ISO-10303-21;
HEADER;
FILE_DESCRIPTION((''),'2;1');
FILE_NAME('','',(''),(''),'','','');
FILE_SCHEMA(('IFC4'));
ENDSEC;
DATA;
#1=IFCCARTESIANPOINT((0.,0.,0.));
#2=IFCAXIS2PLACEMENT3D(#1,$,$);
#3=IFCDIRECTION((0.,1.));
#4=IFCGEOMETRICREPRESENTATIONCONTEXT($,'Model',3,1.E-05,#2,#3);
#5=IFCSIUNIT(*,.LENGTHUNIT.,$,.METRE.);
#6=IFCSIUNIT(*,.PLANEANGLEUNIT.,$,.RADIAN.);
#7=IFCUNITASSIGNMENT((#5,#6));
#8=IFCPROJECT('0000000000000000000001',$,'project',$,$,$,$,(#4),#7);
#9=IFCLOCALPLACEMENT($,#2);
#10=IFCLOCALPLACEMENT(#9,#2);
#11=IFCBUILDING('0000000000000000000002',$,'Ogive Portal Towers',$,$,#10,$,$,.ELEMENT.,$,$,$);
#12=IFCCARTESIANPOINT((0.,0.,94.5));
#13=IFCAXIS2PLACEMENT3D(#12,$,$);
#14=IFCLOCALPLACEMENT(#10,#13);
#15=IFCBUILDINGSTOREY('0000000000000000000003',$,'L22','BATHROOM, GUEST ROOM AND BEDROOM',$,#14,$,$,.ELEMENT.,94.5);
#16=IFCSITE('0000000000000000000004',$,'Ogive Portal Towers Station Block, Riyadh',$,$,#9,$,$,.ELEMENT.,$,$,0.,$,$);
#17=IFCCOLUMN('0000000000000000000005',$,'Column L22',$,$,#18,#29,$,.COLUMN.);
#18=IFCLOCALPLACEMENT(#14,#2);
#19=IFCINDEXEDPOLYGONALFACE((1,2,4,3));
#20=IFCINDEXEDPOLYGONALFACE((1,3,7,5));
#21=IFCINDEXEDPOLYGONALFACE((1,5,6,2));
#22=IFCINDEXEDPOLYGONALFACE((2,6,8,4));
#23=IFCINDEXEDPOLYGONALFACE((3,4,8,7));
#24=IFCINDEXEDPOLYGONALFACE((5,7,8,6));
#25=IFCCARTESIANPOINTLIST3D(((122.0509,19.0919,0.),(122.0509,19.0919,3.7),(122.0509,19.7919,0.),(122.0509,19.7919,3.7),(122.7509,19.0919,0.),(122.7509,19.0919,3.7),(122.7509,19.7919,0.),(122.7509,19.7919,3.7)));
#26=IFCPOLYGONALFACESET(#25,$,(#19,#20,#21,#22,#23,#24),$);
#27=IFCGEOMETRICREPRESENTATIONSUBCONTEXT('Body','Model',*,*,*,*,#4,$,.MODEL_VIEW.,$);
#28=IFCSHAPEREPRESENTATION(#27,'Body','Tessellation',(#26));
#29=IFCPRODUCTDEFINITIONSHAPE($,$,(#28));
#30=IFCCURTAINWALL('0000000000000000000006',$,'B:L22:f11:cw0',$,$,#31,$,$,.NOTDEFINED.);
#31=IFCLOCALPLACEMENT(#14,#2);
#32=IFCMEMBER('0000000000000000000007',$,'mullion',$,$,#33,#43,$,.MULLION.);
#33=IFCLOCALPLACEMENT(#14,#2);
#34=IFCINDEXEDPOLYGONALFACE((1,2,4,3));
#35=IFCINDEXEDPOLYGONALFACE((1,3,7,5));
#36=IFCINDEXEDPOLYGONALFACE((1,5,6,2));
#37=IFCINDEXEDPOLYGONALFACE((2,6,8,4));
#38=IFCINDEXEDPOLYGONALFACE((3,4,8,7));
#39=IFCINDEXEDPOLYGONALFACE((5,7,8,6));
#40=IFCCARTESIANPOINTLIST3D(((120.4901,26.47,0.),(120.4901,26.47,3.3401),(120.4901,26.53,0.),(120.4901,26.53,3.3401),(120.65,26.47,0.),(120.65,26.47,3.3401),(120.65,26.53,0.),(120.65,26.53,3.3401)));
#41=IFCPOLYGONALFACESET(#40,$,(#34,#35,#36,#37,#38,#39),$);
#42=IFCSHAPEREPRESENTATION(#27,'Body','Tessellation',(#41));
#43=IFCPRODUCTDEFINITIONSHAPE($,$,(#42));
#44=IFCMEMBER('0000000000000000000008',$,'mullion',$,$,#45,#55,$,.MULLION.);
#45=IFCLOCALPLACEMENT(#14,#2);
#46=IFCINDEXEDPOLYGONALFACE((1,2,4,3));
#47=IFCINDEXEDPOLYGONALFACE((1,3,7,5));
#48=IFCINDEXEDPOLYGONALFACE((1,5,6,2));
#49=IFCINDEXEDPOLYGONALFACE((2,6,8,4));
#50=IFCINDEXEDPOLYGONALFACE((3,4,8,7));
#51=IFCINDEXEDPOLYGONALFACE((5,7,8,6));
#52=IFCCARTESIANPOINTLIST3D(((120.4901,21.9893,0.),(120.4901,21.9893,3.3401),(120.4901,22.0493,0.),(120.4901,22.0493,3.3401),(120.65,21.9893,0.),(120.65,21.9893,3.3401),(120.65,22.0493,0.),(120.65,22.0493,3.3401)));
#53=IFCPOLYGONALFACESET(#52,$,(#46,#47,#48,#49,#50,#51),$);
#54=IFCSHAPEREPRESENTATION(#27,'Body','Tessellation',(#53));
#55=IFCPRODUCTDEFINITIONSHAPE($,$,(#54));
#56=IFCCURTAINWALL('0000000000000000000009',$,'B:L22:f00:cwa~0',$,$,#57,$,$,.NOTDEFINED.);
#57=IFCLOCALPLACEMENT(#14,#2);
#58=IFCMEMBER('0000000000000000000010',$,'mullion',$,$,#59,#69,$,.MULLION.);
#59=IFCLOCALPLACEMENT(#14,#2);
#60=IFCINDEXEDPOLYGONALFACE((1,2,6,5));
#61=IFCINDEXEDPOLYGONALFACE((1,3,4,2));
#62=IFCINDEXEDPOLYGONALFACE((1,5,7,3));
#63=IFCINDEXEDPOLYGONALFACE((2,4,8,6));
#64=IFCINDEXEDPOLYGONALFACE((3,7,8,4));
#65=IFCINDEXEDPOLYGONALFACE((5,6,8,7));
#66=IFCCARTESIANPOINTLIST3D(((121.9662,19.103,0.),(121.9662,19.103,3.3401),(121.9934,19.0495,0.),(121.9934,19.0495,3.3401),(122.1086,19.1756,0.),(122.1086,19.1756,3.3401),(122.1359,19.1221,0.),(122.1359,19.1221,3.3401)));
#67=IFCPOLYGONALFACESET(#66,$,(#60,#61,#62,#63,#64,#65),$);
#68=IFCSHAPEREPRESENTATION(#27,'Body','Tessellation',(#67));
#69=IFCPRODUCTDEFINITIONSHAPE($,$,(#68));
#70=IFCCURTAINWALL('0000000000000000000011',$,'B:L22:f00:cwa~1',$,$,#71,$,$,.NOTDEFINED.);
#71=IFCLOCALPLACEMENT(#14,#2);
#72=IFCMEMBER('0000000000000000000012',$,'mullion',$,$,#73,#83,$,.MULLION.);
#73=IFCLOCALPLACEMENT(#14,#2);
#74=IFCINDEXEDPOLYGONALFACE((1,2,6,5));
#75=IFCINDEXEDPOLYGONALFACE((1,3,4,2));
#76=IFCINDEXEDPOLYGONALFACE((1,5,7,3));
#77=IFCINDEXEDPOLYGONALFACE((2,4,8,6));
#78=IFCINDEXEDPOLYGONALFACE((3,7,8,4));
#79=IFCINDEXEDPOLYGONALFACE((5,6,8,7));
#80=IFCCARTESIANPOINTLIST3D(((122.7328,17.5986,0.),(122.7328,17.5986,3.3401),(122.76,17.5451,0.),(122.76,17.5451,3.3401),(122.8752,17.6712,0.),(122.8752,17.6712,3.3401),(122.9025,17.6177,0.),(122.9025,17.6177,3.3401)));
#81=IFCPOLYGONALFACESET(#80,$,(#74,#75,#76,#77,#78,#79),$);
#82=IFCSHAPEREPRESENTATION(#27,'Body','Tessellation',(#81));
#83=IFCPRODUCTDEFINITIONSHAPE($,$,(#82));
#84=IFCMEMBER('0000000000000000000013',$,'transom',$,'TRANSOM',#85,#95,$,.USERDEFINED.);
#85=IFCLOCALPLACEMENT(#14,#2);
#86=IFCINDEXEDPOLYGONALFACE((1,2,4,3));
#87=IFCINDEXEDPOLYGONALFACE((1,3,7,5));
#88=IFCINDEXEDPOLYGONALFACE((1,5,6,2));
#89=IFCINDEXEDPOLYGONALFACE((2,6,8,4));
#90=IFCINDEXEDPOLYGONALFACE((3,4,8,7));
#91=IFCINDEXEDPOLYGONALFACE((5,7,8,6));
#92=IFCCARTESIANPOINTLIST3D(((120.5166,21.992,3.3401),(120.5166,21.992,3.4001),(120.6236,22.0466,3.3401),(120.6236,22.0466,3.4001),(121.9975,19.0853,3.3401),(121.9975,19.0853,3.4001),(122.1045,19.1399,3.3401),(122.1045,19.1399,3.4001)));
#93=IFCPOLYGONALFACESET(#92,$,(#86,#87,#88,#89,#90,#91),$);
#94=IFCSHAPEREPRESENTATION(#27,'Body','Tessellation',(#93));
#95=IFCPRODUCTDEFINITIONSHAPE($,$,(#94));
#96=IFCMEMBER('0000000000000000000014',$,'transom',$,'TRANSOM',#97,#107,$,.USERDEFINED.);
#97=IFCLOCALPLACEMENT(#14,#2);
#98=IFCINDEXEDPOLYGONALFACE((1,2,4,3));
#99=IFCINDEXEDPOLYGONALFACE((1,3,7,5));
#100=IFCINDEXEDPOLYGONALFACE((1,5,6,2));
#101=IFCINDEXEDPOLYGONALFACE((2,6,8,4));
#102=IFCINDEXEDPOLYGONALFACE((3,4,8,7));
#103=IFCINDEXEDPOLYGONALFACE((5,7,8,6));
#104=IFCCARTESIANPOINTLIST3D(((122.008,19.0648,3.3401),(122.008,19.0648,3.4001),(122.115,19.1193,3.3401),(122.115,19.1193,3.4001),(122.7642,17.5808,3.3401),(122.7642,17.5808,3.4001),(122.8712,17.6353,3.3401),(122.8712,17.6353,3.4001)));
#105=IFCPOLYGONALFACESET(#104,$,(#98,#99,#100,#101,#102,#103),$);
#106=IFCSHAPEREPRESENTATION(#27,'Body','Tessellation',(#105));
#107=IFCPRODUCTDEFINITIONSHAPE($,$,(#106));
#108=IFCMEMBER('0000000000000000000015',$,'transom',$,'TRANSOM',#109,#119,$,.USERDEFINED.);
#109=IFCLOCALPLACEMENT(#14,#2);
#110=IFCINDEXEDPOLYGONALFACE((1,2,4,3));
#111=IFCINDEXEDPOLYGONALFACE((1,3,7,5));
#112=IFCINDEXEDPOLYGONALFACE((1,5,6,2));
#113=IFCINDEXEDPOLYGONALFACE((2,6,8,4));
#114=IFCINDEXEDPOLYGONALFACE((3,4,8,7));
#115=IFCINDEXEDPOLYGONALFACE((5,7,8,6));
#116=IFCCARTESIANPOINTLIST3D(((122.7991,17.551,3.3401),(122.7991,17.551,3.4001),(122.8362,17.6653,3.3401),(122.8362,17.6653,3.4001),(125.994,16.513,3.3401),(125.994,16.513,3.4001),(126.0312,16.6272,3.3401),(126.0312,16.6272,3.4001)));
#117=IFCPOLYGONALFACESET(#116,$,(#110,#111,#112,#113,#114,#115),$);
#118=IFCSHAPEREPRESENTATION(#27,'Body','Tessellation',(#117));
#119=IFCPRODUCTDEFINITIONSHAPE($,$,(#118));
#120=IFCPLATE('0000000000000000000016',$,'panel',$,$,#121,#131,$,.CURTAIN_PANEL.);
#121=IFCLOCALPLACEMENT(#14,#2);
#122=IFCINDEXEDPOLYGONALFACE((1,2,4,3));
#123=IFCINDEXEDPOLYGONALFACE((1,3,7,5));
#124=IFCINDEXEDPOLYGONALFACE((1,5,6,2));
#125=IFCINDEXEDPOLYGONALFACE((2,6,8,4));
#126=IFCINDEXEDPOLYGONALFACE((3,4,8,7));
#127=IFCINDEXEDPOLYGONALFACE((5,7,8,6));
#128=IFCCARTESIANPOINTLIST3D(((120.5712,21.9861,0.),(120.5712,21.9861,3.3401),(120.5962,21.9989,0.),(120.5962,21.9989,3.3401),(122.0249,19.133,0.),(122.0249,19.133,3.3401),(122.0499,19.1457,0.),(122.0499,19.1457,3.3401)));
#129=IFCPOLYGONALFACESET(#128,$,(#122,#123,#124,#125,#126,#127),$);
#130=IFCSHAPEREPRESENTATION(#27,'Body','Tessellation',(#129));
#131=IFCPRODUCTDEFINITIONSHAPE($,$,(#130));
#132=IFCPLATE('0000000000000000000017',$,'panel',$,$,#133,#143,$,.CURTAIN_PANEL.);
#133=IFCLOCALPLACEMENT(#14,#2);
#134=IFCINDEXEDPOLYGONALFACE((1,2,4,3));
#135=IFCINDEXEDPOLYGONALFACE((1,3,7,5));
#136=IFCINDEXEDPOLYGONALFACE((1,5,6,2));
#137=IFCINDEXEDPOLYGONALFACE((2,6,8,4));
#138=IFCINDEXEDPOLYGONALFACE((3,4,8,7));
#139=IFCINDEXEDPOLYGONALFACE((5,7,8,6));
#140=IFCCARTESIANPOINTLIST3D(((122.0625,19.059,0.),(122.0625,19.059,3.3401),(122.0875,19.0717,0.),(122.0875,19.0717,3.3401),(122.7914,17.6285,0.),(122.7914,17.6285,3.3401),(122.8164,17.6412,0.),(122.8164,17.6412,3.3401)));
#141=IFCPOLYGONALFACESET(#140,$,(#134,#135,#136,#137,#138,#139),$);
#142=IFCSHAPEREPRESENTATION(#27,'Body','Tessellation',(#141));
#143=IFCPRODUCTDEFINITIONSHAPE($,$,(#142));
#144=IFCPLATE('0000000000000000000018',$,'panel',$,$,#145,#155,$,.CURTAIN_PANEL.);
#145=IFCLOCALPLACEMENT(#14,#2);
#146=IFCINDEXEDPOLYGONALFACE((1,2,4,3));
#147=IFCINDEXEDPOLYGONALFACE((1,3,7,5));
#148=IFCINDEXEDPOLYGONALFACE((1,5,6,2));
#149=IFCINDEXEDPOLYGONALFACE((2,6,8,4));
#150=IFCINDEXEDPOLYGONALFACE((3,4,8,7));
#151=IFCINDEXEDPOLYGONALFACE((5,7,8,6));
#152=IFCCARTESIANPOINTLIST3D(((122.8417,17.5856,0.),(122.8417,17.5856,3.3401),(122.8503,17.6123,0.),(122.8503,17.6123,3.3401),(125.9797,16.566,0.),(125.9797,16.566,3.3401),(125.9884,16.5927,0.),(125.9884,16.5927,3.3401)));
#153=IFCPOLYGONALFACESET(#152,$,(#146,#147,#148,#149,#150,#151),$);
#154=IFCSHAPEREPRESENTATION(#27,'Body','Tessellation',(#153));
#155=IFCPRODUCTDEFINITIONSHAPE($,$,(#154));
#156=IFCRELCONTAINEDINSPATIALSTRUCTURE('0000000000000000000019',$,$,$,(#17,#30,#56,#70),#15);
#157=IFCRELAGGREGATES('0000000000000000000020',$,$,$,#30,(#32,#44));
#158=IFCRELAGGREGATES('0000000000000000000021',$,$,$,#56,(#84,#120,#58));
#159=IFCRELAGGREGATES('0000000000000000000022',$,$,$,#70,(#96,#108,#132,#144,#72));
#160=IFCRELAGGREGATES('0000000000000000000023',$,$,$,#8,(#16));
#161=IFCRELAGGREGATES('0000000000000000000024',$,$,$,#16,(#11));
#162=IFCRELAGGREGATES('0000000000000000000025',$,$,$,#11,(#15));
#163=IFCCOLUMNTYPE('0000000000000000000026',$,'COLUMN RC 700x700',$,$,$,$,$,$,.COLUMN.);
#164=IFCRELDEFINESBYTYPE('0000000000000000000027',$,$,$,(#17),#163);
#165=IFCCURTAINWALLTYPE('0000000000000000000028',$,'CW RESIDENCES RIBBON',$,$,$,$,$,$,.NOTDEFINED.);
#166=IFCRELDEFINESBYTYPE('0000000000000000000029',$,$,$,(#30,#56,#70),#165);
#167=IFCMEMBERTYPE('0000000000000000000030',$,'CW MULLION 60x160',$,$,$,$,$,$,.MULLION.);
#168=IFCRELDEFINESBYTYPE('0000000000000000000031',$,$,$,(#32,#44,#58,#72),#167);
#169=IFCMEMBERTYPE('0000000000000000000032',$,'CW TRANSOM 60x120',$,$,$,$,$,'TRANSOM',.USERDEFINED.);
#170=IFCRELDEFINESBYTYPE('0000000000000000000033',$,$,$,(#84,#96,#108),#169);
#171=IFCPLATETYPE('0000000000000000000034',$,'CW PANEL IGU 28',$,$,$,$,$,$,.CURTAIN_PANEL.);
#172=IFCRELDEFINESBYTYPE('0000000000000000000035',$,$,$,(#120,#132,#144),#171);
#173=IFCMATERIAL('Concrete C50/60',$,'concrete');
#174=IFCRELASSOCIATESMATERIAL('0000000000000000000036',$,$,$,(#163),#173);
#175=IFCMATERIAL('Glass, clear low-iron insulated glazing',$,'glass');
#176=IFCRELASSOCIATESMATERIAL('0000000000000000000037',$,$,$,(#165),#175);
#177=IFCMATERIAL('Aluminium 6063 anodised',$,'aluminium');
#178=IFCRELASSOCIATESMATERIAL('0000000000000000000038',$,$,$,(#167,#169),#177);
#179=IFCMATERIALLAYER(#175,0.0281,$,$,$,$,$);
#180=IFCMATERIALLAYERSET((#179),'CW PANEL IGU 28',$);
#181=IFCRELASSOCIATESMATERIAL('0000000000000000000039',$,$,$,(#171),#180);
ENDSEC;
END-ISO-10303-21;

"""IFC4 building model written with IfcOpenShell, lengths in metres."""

from ifc_helpers import new_model, si_unit, direction, frame, origin, origin_2d, place, context, subcontext, project, spatial, rectangle, extrude, material, layer, layer_set, material_profile, profile_set, type_object, element, aggregate, save


model = new_model("IFC4")

# Units and contexts
model_context = context("Model", 3, precision=1e-05, world=origin(), true_north=direction((0.0, 1.0)))
body_context = subcontext(model_context, "Body", "Model", "MODEL_VIEW")
ifc_project = project(units=[si_unit("LENGTHUNIT", "METRE"), si_unit("PLANEANGLEUNIT", "RADIAN")], contexts=[model_context])

# Site, building, storey
site_placement = place(None, origin())
site = spatial("IfcSite", under=ifc_project, at=site_placement, Name="Ogive Portal Towers Station Block, Riyadh", CompositionType="ELEMENT", RefElevation=0.0)
building_placement = place(site_placement, origin())
building = spatial("IfcBuilding", under=site, at=building_placement, Name="Ogive Portal Towers", CompositionType="ELEMENT")
storey_placement = place(building_placement, frame((0.0, 0.0, 94.5)))
storey = spatial("IfcBuildingStorey", under=building, at=storey_placement, Name="L22", Description="BATHROOM, GUEST ROOM AND BEDROOM", CompositionType="ELEMENT", Elevation=94.5)

# Column
ifc_material_1 = material(Name="Concrete C50/60", Category="concrete")
ifc_material_profile_1 = material_profile(ifc_material_1, rectangle(XDim=0.7, YDim=0.7, at=origin_2d()), Name="RC 700x700")
ifc_profile_set_1 = profile_set([ifc_material_profile_1], Name="Concrete C50/60")
column_type = type_object("IfcColumnType", Name="COLUMN RC 700x700", PredefinedType="COLUMN", material=ifc_profile_set_1)
column_placement = place(storey_placement, frame((122.4009, 19.4419, 0.0), z_axis=(0.0, 0.0, 1.0), x_axis=(1.0, 0.0, 0.0)))
element("IfcColumn", 1, at=column_placement, inside=storey, type_object=column_type, Name="Column L22", PredefinedType="COLUMN", context=body_context, shape_type="SweptSolid", body=[
    extrude(rectangle(XDim=0.7, YDim=0.7, at=origin_2d()), origin(), (0.0, 0.0, 1.0), 3.7),
])

# Curtain wall, members
ifc_material_2 = material(Name="Glass, clear low-iron insulated glazing", Category="glass")
curtain_wall_type = type_object("IfcCurtainWallType", Name="CW RESIDENCES RIBBON", PredefinedType="NOTDEFINED", material=ifc_material_2)
curtain_wall_1_placement = place(storey_placement, origin())
curtain_wall_1 = element("IfcCurtainWall", 2, at=curtain_wall_1_placement, inside=storey, type_object=curtain_wall_type, Name="B:L22:f11:cw0", PredefinedType="NOTDEFINED")
ifc_material_3 = material(Name="Aluminium 6063 anodised", Category="aluminium")
ifc_material_profile_2 = material_profile(ifc_material_3, rectangle(XDim=0.1599, YDim=0.0601, at=origin_2d()), Name="AL 60x160")
ifc_profile_set_2 = profile_set([ifc_material_profile_2], Name="Aluminium 6063 anodised")
member_type_1 = type_object("IfcMemberType", Name="CW MULLION 60x160", PredefinedType="MULLION", material=ifc_profile_set_2)
member_1_placement = place(storey_placement, frame((120.5701, 26.5, 0.0), z_axis=(0.0, 0.0, 1.0), x_axis=(1.0, 0.0, 0.0)))
member_1 = element("IfcMember", 3, at=member_1_placement, type_object=member_type_1, Name="mullion", PredefinedType="MULLION", context=body_context, shape_type="SweptSolid", body=[
    extrude(rectangle(XDim=0.1599, YDim=0.0601, at=origin_2d()), origin(), (0.0, 0.0, 1.0), 3.3401),
])
member_2_placement = place(storey_placement, frame((120.5701, 22.0193, 0.0), z_axis=(0.0, 0.0, 1.0), x_axis=(1.0, 0.0, 0.0)))
member_2 = element("IfcMember", 4, at=member_2_placement, type_object=member_type_1, Name="mullion", PredefinedType="MULLION", context=body_context, shape_type="SweptSolid", body=[
    extrude(rectangle(XDim=0.1599, YDim=0.0601, at=origin_2d()), origin(), (0.0, 0.0, 1.0), 3.3401),
])
aggregate(curtain_wall_1, [member_1, member_2])

# Curtain walls, members
curtain_wall_2_placement = place(storey_placement, origin())
curtain_wall_2 = element("IfcCurtainWall", 5, at=curtain_wall_2_placement, inside=storey, type_object=curtain_wall_type, Name="B:L22:f00:cwa~0", PredefinedType="NOTDEFINED")
member_3_placement = place(storey_placement, frame((122.051, 19.1125, 0.0), z_axis=(0.0, 0.0, 1.0), x_axis=(0.891007, 0.45399, 0.0)))
member_3 = element("IfcMember", 6, at=member_3_placement, type_object=member_type_1, Name="mullion", PredefinedType="MULLION", context=body_context, shape_type="SweptSolid", body=[
    extrude(rectangle(XDim=0.1599, YDim=0.0601, at=origin_2d()), origin(), (0.0, 0.0, 1.0), 3.3401),
])
curtain_wall_3_placement = place(storey_placement, origin())
curtain_wall_3 = element("IfcCurtainWall", 7, at=curtain_wall_3_placement, inside=storey, type_object=curtain_wall_type, Name="B:L22:f00:cwa~1", PredefinedType="NOTDEFINED")
member_4_placement = place(storey_placement, frame((122.8176, 17.6082, 0.0), z_axis=(0.0, 0.0, 1.0), x_axis=(0.891007, 0.45399, 0.0)))
member_4 = element("IfcMember", 8, at=member_4_placement, type_object=member_type_1, Name="mullion", PredefinedType="MULLION", context=body_context, shape_type="SweptSolid", body=[
    extrude(rectangle(XDim=0.1599, YDim=0.0601, at=origin_2d()), origin(), (0.0, 0.0, 1.0), 3.3401),
])

# Members
ifc_material_profile_3 = material_profile(ifc_material_3, rectangle(XDim=0.1201, YDim=0.0601, at=origin_2d()), Name="AL 120x60")
ifc_profile_set_3 = profile_set([ifc_material_profile_3], Name="Aluminium 6063 anodised")
member_type_2 = type_object("IfcMemberType", Name="CW TRANSOM 60x120", ElementType="TRANSOM", PredefinedType="USERDEFINED", material=ifc_profile_set_3)
member_5_placement = place(storey_placement, frame((120.5701, 22.0193, 3.3701), z_axis=(0.453966, -0.891019, 0.0), x_axis=(0.891019, 0.453966, 0.0)))
member_5 = element("IfcMember", 9, at=member_5_placement, type_object=member_type_2, Name="transom", ObjectType="TRANSOM", PredefinedType="USERDEFINED", context=body_context, shape_type="SweptSolid", body=[
    extrude(rectangle(XDim=0.1201, YDim=0.0601, at=origin_2d()), origin(), (0.0, 0.0, 1.0), 3.2622),
])
member_6_placement = place(storey_placement, frame((122.0615, 19.092, 3.3701), z_axis=(0.454003, -0.891, 0.0), x_axis=(0.891, 0.454003, 0.0)))
member_6 = element("IfcMember", 10, at=member_6_placement, type_object=member_type_2, Name="transom", ObjectType="TRANSOM", PredefinedType="USERDEFINED", context=body_context, shape_type="SweptSolid", body=[
    extrude(rectangle(XDim=0.1201, YDim=0.0601, at=origin_2d()), origin(), (0.0, 0.0, 1.0), 1.6655),
])
member_7_placement = place(storey_placement, frame((122.8176, 17.6082, 3.3701), z_axis=(0.951061, -0.309002, 0.0), x_axis=(0.309002, 0.951061, 0.0)))
member_7 = element("IfcMember", 11, at=member_7_placement, type_object=member_type_2, Name="transom", ObjectType="TRANSOM", PredefinedType="USERDEFINED", context=body_context, shape_type="SweptSolid", body=[
    extrude(rectangle(XDim=0.1201, YDim=0.0601, at=origin_2d()), origin(), (0.0, 0.0, 1.0), 3.3594),
])

# Plates
ifc_layer_1 = layer(ifc_material_2, 0.0281)
ifc_layer_set_1 = layer_set([ifc_layer_1], Name="CW PANEL IGU 28")
plate_type = type_object("IfcPlateType", Name="CW PANEL IGU 28", PredefinedType="CURTAIN_PANEL", material=ifc_layer_set_1)
plate_1_placement = place(storey_placement, frame((121.3105, 20.5659, 0.0), z_axis=(0.0, 0.0, 1.0), x_axis=(0.45399, -0.891007, 0.0)))
plate_1 = element("IfcPlate", 12, at=plate_1_placement, type_object=plate_type, Name="panel", PredefinedType="CURTAIN_PANEL", context=body_context, shape_type="SweptSolid", body=[
    extrude(rectangle(XDim=3.2021, YDim=0.0281, at=origin_2d()), origin(), (0.0, 0.0, 1.0), 3.3401),
])
aggregate(curtain_wall_2, [member_5, plate_1, member_3])
plate_2_placement = place(storey_placement, frame((122.4395, 18.3501, 0.0), z_axis=(0.0, 0.0, 1.0), x_axis=(0.45399, -0.891007, 0.0)))
plate_2 = element("IfcPlate", 13, at=plate_2_placement, type_object=plate_type, Name="panel", PredefinedType="CURTAIN_PANEL", context=body_context, shape_type="SweptSolid", body=[
    extrude(rectangle(XDim=1.6055, YDim=0.0281, at=origin_2d()), origin(), (0.0, 0.0, 1.0), 3.3401),
])
plate_3_placement = place(storey_placement, frame((124.415, 17.0891, 0.0), z_axis=(0.0, 0.0, 1.0), x_axis=(0.951057, -0.309017, 0.0)))
plate_3 = element("IfcPlate", 14, at=plate_3_placement, type_object=plate_type, Name="panel", PredefinedType="CURTAIN_PANEL", context=body_context, shape_type="SweptSolid", body=[
    extrude(rectangle(XDim=3.2996, YDim=0.0281, at=origin_2d()), origin(), (0.0, 0.0, 1.0), 3.3401),
])
aggregate(curtain_wall_3, [member_6, member_7, plate_2, plate_3, member_4])

save(model, "model.ifc")
